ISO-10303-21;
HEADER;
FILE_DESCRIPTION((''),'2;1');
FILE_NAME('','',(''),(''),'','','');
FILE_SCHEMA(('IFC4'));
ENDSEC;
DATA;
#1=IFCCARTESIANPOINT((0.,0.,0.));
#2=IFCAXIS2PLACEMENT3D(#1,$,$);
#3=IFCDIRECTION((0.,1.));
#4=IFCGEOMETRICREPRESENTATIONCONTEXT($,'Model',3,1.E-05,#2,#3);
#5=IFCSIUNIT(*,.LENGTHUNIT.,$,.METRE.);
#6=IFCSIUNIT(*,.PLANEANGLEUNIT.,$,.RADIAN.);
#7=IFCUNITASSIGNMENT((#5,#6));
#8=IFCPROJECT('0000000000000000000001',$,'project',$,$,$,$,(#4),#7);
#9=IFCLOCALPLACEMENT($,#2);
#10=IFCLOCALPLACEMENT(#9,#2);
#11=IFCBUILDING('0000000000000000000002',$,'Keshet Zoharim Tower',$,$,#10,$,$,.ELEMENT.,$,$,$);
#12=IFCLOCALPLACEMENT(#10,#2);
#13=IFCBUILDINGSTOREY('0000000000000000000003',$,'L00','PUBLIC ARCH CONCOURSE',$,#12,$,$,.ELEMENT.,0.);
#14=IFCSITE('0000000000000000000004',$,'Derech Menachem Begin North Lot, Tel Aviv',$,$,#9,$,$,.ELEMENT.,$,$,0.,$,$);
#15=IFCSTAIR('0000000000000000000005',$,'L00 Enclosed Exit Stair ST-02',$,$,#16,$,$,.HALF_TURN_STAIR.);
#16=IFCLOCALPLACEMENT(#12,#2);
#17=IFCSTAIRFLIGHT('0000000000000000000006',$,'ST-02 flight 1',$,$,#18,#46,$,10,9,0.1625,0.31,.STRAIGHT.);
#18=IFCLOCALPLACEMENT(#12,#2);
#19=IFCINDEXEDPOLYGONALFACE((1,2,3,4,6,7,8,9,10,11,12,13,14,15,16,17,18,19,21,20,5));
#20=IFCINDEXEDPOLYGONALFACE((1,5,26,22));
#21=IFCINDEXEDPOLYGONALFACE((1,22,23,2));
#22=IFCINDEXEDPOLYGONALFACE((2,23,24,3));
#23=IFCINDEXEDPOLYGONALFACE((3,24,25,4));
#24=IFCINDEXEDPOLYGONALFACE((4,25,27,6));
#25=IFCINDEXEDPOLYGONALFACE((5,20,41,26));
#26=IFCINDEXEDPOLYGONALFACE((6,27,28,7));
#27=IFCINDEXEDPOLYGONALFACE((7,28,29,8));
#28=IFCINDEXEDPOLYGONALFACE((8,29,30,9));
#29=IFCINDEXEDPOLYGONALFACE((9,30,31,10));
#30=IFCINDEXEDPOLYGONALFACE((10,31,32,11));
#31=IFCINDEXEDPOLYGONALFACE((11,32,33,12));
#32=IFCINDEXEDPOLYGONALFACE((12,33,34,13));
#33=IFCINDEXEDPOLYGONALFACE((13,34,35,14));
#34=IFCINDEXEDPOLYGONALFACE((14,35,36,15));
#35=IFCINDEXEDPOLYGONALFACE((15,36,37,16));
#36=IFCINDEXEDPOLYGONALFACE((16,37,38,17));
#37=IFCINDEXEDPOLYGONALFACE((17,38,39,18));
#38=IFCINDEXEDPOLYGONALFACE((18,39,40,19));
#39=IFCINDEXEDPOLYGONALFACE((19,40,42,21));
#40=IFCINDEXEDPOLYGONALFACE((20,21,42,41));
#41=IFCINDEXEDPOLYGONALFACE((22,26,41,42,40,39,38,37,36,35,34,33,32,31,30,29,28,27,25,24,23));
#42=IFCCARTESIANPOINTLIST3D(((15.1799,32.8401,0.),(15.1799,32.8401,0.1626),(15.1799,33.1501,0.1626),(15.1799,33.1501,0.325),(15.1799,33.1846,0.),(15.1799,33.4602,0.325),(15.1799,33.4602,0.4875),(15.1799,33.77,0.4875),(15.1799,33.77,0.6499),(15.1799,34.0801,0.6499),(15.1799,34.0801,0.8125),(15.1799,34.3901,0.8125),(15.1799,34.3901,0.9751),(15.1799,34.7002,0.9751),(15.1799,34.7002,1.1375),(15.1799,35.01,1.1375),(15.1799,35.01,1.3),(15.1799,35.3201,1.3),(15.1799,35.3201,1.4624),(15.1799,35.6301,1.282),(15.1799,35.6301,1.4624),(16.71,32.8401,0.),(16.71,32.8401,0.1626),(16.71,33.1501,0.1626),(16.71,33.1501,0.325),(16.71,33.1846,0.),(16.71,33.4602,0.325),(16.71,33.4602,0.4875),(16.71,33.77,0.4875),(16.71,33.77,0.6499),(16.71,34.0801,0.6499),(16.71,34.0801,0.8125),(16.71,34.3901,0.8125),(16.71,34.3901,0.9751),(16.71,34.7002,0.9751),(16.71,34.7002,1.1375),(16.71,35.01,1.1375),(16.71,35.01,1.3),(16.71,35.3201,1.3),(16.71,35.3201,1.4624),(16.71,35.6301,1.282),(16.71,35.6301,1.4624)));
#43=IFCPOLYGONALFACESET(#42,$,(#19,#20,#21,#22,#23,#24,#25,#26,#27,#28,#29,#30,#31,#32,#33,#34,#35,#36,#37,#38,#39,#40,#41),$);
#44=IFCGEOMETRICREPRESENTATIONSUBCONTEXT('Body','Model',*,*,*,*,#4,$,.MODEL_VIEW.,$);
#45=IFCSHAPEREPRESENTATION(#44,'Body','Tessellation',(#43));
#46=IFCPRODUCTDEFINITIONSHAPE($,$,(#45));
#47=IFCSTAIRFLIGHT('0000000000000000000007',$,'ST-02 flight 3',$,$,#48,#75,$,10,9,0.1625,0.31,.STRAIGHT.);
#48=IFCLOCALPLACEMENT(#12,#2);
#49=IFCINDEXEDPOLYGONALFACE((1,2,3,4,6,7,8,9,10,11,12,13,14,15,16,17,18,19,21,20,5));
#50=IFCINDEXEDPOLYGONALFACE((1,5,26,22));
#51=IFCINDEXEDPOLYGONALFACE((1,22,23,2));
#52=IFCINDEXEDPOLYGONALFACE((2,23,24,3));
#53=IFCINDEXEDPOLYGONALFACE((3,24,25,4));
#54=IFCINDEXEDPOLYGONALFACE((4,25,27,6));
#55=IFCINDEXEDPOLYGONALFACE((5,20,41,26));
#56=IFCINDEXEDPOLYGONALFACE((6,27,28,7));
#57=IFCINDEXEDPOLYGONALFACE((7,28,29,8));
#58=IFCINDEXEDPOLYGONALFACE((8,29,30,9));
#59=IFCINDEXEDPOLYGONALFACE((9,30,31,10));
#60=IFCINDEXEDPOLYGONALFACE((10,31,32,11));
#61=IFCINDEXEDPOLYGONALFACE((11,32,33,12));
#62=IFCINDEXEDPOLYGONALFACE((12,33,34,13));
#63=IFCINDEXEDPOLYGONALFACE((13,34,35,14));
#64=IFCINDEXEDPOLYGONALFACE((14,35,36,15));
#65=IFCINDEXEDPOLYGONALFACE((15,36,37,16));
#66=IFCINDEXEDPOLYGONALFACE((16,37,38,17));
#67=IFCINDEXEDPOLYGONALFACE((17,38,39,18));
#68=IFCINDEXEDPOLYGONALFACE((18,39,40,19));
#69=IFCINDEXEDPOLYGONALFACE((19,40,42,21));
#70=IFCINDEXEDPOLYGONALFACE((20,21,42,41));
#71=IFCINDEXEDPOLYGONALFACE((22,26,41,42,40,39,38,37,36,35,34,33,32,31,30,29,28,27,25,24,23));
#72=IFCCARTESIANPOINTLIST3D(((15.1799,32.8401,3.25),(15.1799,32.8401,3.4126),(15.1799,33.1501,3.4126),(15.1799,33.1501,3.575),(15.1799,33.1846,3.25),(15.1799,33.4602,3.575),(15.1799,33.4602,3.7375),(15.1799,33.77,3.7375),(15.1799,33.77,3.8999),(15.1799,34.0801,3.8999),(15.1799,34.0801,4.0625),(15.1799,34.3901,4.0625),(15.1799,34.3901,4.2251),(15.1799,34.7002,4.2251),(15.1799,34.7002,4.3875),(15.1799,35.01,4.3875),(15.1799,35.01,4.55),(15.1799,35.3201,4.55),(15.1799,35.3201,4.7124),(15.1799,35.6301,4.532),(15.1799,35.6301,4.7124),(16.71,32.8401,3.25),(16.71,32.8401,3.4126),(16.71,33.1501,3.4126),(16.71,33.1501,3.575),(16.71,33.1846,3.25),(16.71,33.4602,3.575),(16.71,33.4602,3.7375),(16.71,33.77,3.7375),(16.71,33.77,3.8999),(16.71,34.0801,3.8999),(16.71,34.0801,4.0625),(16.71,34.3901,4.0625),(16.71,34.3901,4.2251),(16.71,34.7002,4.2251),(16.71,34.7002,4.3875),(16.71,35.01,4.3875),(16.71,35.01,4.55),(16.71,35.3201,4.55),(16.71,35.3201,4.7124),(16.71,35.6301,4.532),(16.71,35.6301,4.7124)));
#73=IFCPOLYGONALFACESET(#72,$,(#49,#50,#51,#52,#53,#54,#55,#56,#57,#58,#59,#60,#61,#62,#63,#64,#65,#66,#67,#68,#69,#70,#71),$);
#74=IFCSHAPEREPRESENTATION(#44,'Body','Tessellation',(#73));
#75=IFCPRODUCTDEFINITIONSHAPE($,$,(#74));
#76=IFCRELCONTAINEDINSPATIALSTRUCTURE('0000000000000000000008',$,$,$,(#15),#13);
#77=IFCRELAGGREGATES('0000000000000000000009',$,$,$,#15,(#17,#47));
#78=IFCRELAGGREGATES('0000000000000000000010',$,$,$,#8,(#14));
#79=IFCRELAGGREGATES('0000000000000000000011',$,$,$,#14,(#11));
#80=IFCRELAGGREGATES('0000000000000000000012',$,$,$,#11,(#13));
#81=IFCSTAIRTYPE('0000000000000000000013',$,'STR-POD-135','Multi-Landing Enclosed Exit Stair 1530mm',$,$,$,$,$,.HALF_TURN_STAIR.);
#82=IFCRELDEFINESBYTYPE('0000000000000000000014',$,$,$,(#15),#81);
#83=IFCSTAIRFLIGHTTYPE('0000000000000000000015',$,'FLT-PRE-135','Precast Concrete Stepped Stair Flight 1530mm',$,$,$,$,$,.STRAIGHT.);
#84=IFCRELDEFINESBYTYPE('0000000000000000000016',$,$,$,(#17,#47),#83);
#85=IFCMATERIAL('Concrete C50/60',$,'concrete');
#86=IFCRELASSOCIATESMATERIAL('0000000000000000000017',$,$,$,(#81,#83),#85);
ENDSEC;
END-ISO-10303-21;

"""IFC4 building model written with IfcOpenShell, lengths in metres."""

from ifc_helpers import new_model, si_unit, direction, frame, origin, place, context, subcontext, project, spatial, polyline, outline, extrude, material, type_object, element, aggregate, save


model = new_model("IFC4")

# Units and contexts
model_context = context("Model", 3, precision=1e-05, world=origin(), true_north=direction((0.0, 1.0)))
body_context = subcontext(model_context, "Body", "Model", "MODEL_VIEW")
ifc_project = project(units=[si_unit("LENGTHUNIT", "METRE"), si_unit("PLANEANGLEUNIT", "RADIAN")], contexts=[model_context])

# Site, building, storey
site_placement = place(None, origin())
site = spatial("IfcSite", under=ifc_project, at=site_placement, Name="Derech Menachem Begin North Lot, Tel Aviv", CompositionType="ELEMENT", RefElevation=0.0)
building_placement = place(site_placement, origin())
building = spatial("IfcBuilding", under=site, at=building_placement, Name="Keshet Zoharim Tower", CompositionType="ELEMENT")
storey_placement = place(building_placement, origin())
storey = spatial("IfcBuildingStorey", under=building, at=storey_placement, Name="L00", Description="PUBLIC ARCH CONCOURSE", CompositionType="ELEMENT", Elevation=0.0)

# Shared definitions
ifc_material_1 = material(Name="Concrete C50/60", Category="concrete")

# Stair, stair flights
stair_type = type_object("IfcStairType", Name="STR-POD-135", Description="Multi-Landing Enclosed Exit Stair 1530mm", PredefinedType="HALF_TURN_STAIR", material=ifc_material_1)
stair_placement = place(storey_placement, origin())
stair = element("IfcStair", 1, at=stair_placement, inside=storey, type_object=stair_type, Name="L00 Enclosed Exit Stair ST-02", PredefinedType="HALF_TURN_STAIR")
stair_flight_type = type_object("IfcStairFlightType", Name="FLT-PRE-135", Description="Precast Concrete Stepped Stair Flight 1530mm", PredefinedType="STRAIGHT", material=ifc_material_1)
stair_flight_1_placement = place(storey_placement, frame((15.9451, 32.8401, 0.0), z_axis=(0.0, 0.0, 1.0), x_axis=(0.0, 1.0, 0.0)))
stair_flight_1 = element("IfcStairFlight", 2, at=stair_flight_1_placement, type_object=stair_flight_type, Name="ST-02 flight 1", NumberOfRisers=10, NumberOfTreads=9, PredefinedType="STRAIGHT", RiserHeight=0.1625, TreadLength=0.31, context=body_context, shape_type="SweptSolid", body=[
    extrude(outline(polyline([(0.0, 0.0), (0.0, 0.1626), (0.3101, 0.1626), (0.3101, 0.325), (0.6201, 0.325), (0.6201, 0.4875), (0.9299, 0.4875), (0.9299, 0.6499), (1.24, 0.6499), (1.24, 0.8125), (1.55, 0.8125), (1.55, 0.9751), (1.8601, 0.9751), (1.8601, 1.1375), (2.1699, 1.1375), (2.1699, 1.3), (2.48, 1.3), (2.48, 1.4624), (2.79, 1.4624), (2.79, 1.625), (2.79, 1.282), (0.3445, 0.0), (0.0, 0.0)])), frame((0.0, 0.7651, 0.0), z_axis=(0.0, -1.0, 0.0), x_axis=(1.0, 0.0, 0.0)), (0.0, 0.0, 1.0), 1.53),
])
stair_flight_2_placement = place(storey_placement, frame((15.9451, 32.8401, 3.25), z_axis=(0.0, 0.0, 1.0), x_axis=(0.0, 1.0, 0.0)))
stair_flight_2 = element("IfcStairFlight", 3, at=stair_flight_2_placement, type_object=stair_flight_type, Name="ST-02 flight 3", NumberOfRisers=10, NumberOfTreads=9, PredefinedType="STRAIGHT", RiserHeight=0.1625, TreadLength=0.31, context=body_context, shape_type="SweptSolid", body=[
    extrude(outline(polyline([(0.0, 0.0), (0.0, 0.1626), (0.3101, 0.1626), (0.3101, 0.325), (0.6201, 0.325), (0.6201, 0.4875), (0.9299, 0.4875), (0.9299, 0.6499), (1.24, 0.6499), (1.24, 0.8125), (1.55, 0.8125), (1.55, 0.9751), (1.8601, 0.9751), (1.8601, 1.1375), (2.1699, 1.1375), (2.1699, 1.3), (2.48, 1.3), (2.48, 1.4624), (2.79, 1.4624), (2.79, 1.625), (2.79, 1.282), (0.3445, 0.0), (0.0, 0.0)])), frame((0.0, 0.7651, 0.0), z_axis=(0.0, -1.0, 0.0), x_axis=(1.0, 0.0, 0.0)), (0.0, 0.0, 1.0), 1.53),
])
aggregate(stair, [stair_flight_1, stair_flight_2])

save(model, "model.ifc")
